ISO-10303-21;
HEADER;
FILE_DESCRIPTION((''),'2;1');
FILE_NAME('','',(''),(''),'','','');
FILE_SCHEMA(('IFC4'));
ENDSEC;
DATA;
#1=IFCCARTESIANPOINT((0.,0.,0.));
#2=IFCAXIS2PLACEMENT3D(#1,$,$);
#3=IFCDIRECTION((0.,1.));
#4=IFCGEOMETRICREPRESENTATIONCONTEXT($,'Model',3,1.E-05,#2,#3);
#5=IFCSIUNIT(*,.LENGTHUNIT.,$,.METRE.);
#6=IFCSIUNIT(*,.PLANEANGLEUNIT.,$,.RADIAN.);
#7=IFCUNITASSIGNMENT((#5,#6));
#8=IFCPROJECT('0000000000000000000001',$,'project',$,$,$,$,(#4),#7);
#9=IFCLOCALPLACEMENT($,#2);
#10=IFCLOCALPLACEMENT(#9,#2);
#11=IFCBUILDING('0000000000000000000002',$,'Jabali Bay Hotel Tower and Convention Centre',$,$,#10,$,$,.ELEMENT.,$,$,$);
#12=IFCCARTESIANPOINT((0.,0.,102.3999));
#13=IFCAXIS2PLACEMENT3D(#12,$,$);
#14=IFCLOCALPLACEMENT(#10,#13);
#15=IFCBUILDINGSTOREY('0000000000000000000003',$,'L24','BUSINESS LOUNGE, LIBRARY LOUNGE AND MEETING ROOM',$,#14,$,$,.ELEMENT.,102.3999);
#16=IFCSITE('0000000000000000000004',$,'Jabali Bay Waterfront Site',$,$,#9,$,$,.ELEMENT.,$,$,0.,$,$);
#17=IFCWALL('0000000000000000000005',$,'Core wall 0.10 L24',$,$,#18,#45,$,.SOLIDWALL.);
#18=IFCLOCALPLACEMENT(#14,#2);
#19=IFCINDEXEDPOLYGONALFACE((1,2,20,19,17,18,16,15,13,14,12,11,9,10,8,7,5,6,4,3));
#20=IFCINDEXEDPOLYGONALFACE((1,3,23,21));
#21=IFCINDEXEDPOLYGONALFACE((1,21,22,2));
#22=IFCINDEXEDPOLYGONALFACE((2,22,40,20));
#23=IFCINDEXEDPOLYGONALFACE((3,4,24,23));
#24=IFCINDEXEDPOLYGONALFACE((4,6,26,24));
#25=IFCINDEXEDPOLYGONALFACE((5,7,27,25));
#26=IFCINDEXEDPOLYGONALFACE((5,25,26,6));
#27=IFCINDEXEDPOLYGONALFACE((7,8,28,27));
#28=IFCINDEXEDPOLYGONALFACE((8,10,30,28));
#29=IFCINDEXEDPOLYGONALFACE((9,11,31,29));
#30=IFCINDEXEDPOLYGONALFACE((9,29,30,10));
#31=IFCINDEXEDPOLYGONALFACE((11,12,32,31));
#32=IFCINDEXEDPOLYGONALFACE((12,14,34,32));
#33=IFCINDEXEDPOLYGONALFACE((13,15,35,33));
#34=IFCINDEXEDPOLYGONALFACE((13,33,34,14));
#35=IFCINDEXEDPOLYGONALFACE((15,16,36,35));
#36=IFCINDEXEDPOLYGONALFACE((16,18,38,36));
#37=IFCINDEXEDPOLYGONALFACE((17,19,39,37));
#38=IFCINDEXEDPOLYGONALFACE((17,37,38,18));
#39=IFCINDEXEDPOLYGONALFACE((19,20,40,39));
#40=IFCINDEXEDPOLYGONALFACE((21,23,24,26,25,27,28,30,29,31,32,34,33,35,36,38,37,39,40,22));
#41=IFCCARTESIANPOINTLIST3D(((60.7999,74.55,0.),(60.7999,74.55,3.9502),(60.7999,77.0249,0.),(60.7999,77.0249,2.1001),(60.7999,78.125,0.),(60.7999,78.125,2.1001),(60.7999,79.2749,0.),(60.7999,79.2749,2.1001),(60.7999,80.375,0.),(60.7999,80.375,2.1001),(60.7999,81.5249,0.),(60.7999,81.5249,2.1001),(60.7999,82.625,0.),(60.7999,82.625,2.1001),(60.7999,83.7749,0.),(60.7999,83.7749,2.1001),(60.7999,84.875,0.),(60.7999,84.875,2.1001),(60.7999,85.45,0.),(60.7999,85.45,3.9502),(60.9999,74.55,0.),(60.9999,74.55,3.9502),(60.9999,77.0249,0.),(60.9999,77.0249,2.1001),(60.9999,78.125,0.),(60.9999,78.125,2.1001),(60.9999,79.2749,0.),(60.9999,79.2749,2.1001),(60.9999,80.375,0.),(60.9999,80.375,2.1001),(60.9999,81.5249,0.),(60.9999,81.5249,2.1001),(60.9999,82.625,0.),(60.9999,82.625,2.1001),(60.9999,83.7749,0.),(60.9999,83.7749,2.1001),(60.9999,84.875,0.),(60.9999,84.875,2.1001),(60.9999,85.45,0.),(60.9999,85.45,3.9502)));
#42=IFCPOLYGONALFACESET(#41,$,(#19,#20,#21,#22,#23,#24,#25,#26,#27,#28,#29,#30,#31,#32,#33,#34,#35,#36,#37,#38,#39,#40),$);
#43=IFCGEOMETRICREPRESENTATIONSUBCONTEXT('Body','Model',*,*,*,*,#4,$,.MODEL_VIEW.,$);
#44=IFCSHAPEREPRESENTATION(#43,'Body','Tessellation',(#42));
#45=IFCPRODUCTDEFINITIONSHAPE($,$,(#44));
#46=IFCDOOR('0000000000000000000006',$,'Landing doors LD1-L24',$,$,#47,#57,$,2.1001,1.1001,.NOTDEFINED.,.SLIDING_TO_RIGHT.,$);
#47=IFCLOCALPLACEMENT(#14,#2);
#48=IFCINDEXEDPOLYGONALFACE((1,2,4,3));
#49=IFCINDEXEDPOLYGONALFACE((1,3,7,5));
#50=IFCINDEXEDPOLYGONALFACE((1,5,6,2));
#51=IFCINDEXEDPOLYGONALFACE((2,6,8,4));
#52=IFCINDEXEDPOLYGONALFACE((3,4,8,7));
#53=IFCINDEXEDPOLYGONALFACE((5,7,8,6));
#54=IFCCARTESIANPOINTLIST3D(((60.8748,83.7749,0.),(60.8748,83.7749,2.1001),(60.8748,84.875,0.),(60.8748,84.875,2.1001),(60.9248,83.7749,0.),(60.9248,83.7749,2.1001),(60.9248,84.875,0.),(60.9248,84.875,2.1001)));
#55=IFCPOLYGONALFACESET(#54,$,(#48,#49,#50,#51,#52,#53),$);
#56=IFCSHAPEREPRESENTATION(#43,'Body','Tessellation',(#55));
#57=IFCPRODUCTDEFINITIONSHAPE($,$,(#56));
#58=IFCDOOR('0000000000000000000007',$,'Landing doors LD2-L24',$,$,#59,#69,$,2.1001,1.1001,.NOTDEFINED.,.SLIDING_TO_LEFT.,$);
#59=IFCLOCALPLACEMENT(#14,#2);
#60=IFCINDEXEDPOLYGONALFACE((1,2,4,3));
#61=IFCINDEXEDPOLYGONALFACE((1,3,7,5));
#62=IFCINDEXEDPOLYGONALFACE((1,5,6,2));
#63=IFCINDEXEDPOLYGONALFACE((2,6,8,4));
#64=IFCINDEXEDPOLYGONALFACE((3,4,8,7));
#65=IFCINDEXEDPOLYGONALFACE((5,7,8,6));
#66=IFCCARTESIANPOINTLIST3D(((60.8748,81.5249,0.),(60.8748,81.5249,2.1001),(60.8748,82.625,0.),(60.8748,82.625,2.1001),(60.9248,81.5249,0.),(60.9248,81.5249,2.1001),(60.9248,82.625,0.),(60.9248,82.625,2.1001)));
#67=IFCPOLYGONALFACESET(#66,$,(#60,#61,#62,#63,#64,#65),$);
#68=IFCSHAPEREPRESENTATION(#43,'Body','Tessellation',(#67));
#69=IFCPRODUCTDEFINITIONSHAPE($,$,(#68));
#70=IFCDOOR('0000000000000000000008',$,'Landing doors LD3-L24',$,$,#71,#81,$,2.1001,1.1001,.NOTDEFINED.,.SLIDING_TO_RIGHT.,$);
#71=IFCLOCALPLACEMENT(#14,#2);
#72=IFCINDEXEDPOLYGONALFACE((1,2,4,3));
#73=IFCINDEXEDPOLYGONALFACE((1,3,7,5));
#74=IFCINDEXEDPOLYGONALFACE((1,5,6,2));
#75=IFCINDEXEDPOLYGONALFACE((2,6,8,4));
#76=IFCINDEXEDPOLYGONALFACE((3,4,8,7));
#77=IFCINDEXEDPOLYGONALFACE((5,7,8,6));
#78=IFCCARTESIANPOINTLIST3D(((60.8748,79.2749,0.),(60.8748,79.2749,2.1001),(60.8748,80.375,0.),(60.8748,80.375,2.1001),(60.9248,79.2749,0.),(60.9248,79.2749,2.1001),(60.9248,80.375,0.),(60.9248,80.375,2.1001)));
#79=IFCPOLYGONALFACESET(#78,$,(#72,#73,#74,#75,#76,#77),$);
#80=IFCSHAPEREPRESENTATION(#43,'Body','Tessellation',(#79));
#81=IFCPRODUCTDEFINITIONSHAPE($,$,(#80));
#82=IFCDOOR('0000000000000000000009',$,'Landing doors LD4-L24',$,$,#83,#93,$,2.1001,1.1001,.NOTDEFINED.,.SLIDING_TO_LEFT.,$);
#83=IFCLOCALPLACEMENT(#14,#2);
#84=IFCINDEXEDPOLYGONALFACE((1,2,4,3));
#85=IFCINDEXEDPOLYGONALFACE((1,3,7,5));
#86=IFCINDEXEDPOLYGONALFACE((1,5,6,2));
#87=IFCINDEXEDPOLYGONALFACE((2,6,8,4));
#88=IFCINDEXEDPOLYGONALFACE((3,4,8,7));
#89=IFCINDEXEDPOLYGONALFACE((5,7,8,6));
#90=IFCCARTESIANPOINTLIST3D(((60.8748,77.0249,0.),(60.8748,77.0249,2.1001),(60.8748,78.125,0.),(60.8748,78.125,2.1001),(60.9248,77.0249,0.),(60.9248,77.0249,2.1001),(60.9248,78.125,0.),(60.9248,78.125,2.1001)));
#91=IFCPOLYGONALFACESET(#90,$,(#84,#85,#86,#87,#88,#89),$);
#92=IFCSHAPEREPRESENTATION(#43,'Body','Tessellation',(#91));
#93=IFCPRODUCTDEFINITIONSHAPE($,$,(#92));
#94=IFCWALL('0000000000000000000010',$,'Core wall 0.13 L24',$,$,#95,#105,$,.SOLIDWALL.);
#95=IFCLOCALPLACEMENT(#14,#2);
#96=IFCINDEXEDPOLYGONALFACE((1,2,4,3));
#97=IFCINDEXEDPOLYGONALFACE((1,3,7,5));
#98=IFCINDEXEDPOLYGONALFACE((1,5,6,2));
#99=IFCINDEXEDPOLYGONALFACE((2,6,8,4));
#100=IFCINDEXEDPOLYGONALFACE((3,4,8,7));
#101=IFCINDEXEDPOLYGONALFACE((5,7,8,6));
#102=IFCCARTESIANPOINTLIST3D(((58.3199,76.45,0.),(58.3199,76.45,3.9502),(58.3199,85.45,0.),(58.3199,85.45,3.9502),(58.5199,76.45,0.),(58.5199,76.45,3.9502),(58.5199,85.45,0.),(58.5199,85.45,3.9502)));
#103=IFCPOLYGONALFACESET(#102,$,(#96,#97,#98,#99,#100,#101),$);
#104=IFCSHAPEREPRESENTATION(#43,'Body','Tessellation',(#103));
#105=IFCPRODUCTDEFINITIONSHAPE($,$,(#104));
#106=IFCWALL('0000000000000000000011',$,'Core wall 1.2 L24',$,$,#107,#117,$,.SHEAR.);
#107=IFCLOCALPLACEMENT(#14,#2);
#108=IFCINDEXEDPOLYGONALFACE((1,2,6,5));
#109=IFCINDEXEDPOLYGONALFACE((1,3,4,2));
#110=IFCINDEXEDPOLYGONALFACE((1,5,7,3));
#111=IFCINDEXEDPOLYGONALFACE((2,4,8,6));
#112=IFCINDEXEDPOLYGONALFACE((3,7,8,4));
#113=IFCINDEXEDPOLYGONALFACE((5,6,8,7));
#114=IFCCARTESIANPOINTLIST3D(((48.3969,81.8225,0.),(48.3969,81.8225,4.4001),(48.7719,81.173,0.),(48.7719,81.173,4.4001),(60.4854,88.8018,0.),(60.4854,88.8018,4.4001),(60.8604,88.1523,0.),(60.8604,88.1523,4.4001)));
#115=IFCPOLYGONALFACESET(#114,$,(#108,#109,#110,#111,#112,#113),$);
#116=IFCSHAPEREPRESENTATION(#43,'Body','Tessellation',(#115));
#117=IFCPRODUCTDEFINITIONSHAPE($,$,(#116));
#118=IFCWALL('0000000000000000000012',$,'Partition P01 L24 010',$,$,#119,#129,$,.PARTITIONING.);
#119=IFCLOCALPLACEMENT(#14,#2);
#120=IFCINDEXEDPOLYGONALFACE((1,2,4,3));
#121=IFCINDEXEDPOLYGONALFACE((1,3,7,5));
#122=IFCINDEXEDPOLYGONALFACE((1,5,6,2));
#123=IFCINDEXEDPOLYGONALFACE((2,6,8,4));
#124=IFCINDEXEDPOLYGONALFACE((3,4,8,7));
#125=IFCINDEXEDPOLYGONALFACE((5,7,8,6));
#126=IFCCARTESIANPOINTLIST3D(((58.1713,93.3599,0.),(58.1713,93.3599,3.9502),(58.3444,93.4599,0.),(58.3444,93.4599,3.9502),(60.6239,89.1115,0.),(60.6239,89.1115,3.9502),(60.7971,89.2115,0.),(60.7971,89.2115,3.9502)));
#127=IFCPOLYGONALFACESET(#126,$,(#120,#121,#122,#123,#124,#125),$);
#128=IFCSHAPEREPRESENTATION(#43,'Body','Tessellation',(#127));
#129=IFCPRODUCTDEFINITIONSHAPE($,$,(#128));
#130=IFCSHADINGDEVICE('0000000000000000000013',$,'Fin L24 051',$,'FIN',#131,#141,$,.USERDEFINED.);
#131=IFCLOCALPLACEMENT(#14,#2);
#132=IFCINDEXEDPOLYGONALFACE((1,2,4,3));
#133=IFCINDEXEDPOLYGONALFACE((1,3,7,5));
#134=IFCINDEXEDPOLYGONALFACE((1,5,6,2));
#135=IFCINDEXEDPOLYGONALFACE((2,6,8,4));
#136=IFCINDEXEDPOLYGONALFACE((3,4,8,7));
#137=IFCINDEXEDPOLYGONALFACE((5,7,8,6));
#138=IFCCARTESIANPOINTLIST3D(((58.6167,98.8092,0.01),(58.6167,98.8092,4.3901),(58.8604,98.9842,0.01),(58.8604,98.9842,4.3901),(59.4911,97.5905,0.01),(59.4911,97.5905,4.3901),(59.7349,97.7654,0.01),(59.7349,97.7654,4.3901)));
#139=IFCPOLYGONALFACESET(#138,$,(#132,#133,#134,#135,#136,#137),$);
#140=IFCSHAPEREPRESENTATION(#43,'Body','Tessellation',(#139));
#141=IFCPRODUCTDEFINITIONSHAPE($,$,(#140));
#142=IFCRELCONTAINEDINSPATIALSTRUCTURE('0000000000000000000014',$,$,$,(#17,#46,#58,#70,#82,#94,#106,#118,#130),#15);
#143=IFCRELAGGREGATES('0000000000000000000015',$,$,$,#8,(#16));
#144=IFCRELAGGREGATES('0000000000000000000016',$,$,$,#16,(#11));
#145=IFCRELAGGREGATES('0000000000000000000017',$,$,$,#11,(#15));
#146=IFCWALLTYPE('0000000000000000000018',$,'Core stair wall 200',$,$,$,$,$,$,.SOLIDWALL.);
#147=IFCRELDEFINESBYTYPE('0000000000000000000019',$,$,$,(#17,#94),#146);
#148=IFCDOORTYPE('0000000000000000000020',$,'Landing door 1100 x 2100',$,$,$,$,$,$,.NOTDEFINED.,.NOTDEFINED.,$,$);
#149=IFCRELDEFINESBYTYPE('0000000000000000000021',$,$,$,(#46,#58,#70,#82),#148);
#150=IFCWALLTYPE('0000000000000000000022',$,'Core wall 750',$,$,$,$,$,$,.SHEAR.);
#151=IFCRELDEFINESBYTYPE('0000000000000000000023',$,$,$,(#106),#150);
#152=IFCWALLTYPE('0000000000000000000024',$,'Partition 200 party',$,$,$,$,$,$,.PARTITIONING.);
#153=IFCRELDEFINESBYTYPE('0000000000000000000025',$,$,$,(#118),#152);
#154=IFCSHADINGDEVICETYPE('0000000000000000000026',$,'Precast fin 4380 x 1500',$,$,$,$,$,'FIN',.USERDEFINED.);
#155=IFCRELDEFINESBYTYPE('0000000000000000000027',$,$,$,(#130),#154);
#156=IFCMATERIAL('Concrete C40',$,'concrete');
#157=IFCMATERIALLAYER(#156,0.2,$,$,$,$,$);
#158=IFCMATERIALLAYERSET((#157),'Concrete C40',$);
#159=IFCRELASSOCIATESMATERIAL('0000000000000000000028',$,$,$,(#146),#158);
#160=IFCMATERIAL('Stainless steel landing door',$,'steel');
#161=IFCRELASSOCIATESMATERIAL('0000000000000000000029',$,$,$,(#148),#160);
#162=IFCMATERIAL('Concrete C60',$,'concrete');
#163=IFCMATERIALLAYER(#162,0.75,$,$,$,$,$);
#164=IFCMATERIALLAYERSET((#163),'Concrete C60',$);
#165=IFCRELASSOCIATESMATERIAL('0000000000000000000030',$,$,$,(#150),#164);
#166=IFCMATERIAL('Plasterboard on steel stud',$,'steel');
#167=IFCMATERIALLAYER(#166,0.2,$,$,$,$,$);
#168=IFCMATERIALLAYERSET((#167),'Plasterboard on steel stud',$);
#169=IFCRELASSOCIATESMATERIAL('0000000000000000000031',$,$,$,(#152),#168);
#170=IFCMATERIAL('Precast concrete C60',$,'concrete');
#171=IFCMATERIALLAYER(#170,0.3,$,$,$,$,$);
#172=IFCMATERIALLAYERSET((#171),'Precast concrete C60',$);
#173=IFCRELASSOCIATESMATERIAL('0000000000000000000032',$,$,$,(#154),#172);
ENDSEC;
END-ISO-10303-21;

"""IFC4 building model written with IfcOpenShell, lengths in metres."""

from ifc_helpers import new_model, si_unit, direction, frame, frame_2d, origin, place, context, subcontext, project, spatial, rectangle, extrude, material, layer, layer_set, type_object, element, fill, save


model = new_model("IFC4")

# Units and contexts
model_context = context("Model", 3, precision=1e-05, world=origin(), true_north=direction((0.0, 1.0)))
body_context = subcontext(model_context, "Body", "Model", "MODEL_VIEW")
ifc_project = project(units=[si_unit("LENGTHUNIT", "METRE"), si_unit("PLANEANGLEUNIT", "RADIAN")], contexts=[model_context])

# Site, building, storey
site_placement = place(None, origin())
site = spatial("IfcSite", under=ifc_project, at=site_placement, Name="Jabali Bay Waterfront Site", CompositionType="ELEMENT", RefElevation=0.0)
building_placement = place(site_placement, origin())
building = spatial("IfcBuilding", under=site, at=building_placement, Name="Jabali Bay Hotel Tower and Convention Centre", CompositionType="ELEMENT")
storey_placement = place(building_placement, frame((0.0, 0.0, 102.3999)))
storey = spatial("IfcBuildingStorey", under=building, at=storey_placement, Name="L24", Description="BUSINESS LOUNGE, LIBRARY LOUNGE AND MEETING ROOM", CompositionType="ELEMENT", Elevation=102.3999)

# Shared definitions
ifc_material_1 = material(Name="Concrete C40", Category="concrete")

# Shared definitions
ifc_layer_1 = layer(ifc_material_1, 0.2)
ifc_layer_set_1 = layer_set([ifc_layer_1], Name="Concrete C40")
wall_type_1 = type_object("IfcWallType", Name="Core stair wall 200", PredefinedType="SOLIDWALL", material=ifc_layer_set_1)

# Wall, openings, doors
wall_1_placement = place(storey_placement, frame((60.8999, 85.45, 0.0), z_axis=(0.0, 0.0, 1.0), x_axis=(0.0, -1.0, 0.0)))
wall_1 = element("IfcWall", 1, at=wall_1_placement, inside=storey, type_object=wall_type_1, Name="Core wall 0.10 L24", PredefinedType="SOLIDWALL", context=body_context, shape_type="SweptSolid", body=[
    extrude(rectangle(XDim=10.8999, YDim=0.2, at=frame_2d((5.45, 0.0))), origin(), (0.0, 0.0, 1.0), 3.9502),
])
opening_1_placement = place(wall_1_placement, frame((0.575, 0.0, 0.0)))
opening_1 = element("IfcOpeningElement", 2, at=opening_1_placement, cuts=wall_1, PredefinedType="OPENING", context=body_context, shape_type="SweptSolid", body=[
    extrude(rectangle(XDim=1.1001, YDim=2.1001, at=frame_2d((0.55, 1.05))), frame((0.0, 0.1104, 0.0), z_axis=(0.0, -1.0, 0.0), x_axis=(1.0, 0.0, 0.0)), (0.0, 0.0, 1.0), 0.2209),
])
opening_2_placement = place(wall_1_placement, frame((2.825, 0.0, 0.0)))
opening_2 = element("IfcOpeningElement", 3, at=opening_2_placement, cuts=wall_1, PredefinedType="OPENING", context=body_context, shape_type="SweptSolid", body=[
    extrude(rectangle(XDim=1.1001, YDim=2.1001, at=frame_2d((0.55, 1.05))), frame((0.0, 0.1104, 0.0), z_axis=(0.0, -1.0, 0.0), x_axis=(1.0, 0.0, 0.0)), (0.0, 0.0, 1.0), 0.2209),
])
opening_3_placement = place(wall_1_placement, frame((5.075, 0.0, 0.0)))
opening_3 = element("IfcOpeningElement", 4, at=opening_3_placement, cuts=wall_1, PredefinedType="OPENING", context=body_context, shape_type="SweptSolid", body=[
    extrude(rectangle(XDim=1.1001, YDim=2.1001, at=frame_2d((0.55, 1.05))), frame((0.0, 0.1104, 0.0), z_axis=(0.0, -1.0, 0.0), x_axis=(1.0, 0.0, 0.0)), (0.0, 0.0, 1.0), 0.2209),
])
opening_4_placement = place(wall_1_placement, frame((7.325, 0.0, 0.0)))
opening_4 = element("IfcOpeningElement", 5, at=opening_4_placement, cuts=wall_1, PredefinedType="OPENING", context=body_context, shape_type="SweptSolid", body=[
    extrude(rectangle(XDim=1.1001, YDim=2.1001, at=frame_2d((0.55, 1.05))), frame((0.0, 0.1104, 0.0), z_axis=(0.0, -1.0, 0.0), x_axis=(1.0, 0.0, 0.0)), (0.0, 0.0, 1.0), 0.2209),
])
ifc_material_2 = material(Name="Stainless steel landing door", Category="steel")
door_type_1 = type_object("IfcDoorType", Name="Landing door 1100 x 2100", OperationType="NOTDEFINED", PredefinedType="NOTDEFINED", material=ifc_material_2)
door_1_placement = place(opening_1_placement, origin())
door_1 = element("IfcDoor", 6, at=door_1_placement, inside=storey, type_object=door_type_1, Name="Landing doors LD1-L24", OperationType="SLIDING_TO_RIGHT", OverallHeight=2.1001, OverallWidth=1.1001, PredefinedType="NOTDEFINED", context=body_context, shape_type="SweptSolid", body=[
    extrude(rectangle(XDim=1.1001, YDim=2.1001, at=frame_2d((0.55, 1.05))), frame((0.0, 0.0249, 0.0), z_axis=(0.0, -1.0, 0.0), x_axis=(1.0, 0.0, 0.0)), (0.0, 0.0, 1.0), 0.05),
])
fill(opening_1, door_1)
door_2_placement = place(opening_2_placement, origin())
door_2 = element("IfcDoor", 7, at=door_2_placement, inside=storey, type_object=door_type_1, Name="Landing doors LD2-L24", OperationType="SLIDING_TO_LEFT", OverallHeight=2.1001, OverallWidth=1.1001, PredefinedType="NOTDEFINED", context=body_context, shape_type="SweptSolid", body=[
    extrude(rectangle(XDim=1.1001, YDim=2.1001, at=frame_2d((0.55, 1.05))), frame((0.0, 0.0249, 0.0), z_axis=(0.0, -1.0, 0.0), x_axis=(1.0, 0.0, 0.0)), (0.0, 0.0, 1.0), 0.05),
])
fill(opening_2, door_2)
door_3_placement = place(opening_3_placement, origin())
door_3 = element("IfcDoor", 8, at=door_3_placement, inside=storey, type_object=door_type_1, Name="Landing doors LD3-L24", OperationType="SLIDING_TO_RIGHT", OverallHeight=2.1001, OverallWidth=1.1001, PredefinedType="NOTDEFINED", context=body_context, shape_type="SweptSolid", body=[
    extrude(rectangle(XDim=1.1001, YDim=2.1001, at=frame_2d((0.55, 1.05))), frame((0.0, 0.0249, 0.0), z_axis=(0.0, -1.0, 0.0), x_axis=(1.0, 0.0, 0.0)), (0.0, 0.0, 1.0), 0.05),
])
fill(opening_3, door_3)
door_4_placement = place(opening_4_placement, origin())
door_4 = element("IfcDoor", 9, at=door_4_placement, inside=storey, type_object=door_type_1, Name="Landing doors LD4-L24", OperationType="SLIDING_TO_LEFT", OverallHeight=2.1001, OverallWidth=1.1001, PredefinedType="NOTDEFINED", context=body_context, shape_type="SweptSolid", body=[
    extrude(rectangle(XDim=1.1001, YDim=2.1001, at=frame_2d((0.55, 1.05))), frame((0.0, 0.0249, 0.0), z_axis=(0.0, -1.0, 0.0), x_axis=(1.0, 0.0, 0.0)), (0.0, 0.0, 1.0), 0.05),
])
fill(opening_4, door_4)

# Walls
wall_2_placement = place(storey_placement, frame((58.4199, 85.45, 0.0), z_axis=(0.0, 0.0, 1.0), x_axis=(0.0, -1.0, 0.0)))
element("IfcWall", 10, at=wall_2_placement, inside=storey, type_object=wall_type_1, Name="Core wall 0.13 L24", PredefinedType="SOLIDWALL", context=body_context, shape_type="SweptSolid", body=[
    extrude(rectangle(XDim=9.0, YDim=0.2, at=frame_2d((4.5, 0.0))), origin(), (0.0, 0.0, 1.0), 3.9502),
])
ifc_material_3 = material(Name="Concrete C60", Category="concrete")
ifc_layer_2 = layer(ifc_material_3, 0.75)
ifc_layer_set_2 = layer_set([ifc_layer_2], Name="Concrete C60")
wall_type_2 = type_object("IfcWallType", Name="Core wall 750", PredefinedType="SHEAR", material=ifc_layer_set_2)
wall_3_placement = place(storey_placement, frame((60.6729, 88.4771, 0.0), z_axis=(0.0, 0.0, 1.0), x_axis=(-0.866025, -0.500001, 0.0)))
element("IfcWall", 11, at=wall_3_placement, inside=storey, type_object=wall_type_2, Name="Core wall 1.2 L24", PredefinedType="SHEAR", context=body_context, shape_type="SweptSolid", body=[
    extrude(rectangle(XDim=13.9585, YDim=0.75, at=frame_2d((6.9792, 0.0))), origin(), (0.0, 0.0, 1.0), 4.4001),
])
ifc_material_4 = material(Name="Plasterboard on steel stud", Category="steel")
ifc_layer_3 = layer(ifc_material_4, 0.2)
ifc_layer_set_3 = layer_set([ifc_layer_3], Name="Plasterboard on steel stud")
wall_type_3 = type_object("IfcWallType", Name="Partition 200 party", PredefinedType="PARTITIONING", material=ifc_layer_set_3)
wall_4_placement = place(storey_placement, frame((60.7104, 89.1616, 0.0), z_axis=(0.0, 0.0, 1.0), x_axis=(-0.499982, 0.866036, 0.0)))
element("IfcWall", 12, at=wall_4_placement, inside=storey, type_object=wall_type_3, Name="Partition P01 L24 010", PredefinedType="PARTITIONING", context=body_context, shape_type="SweptSolid", body=[
    extrude(rectangle(XDim=4.9055, YDim=0.2, at=frame_2d((2.4526, 0.0))), origin(), (0.0, 0.0, 1.0), 3.9502),
])

# Shading device
ifc_material_5 = material(Name="Precast concrete C60", Category="concrete")
ifc_layer_4 = layer(ifc_material_5, 0.3)
ifc_layer_set_4 = layer_set([ifc_layer_4], Name="Precast concrete C60")
shading_device_type = type_object("IfcShadingDeviceType", Name="Precast fin 4380 x 1500", ElementType="FIN", PredefinedType="USERDEFINED", material=ifc_layer_set_4)
shading_device_placement = place(storey_placement, frame((59.613, 97.678, 0.01), z_axis=(0.0, 0.0, 1.0), x_axis=(-0.582992, 0.812478, 0.0)))
element("IfcShadingDevice", 13, at=shading_device_placement, inside=storey, type_object=shading_device_type, Name="Fin L24 051", ObjectType="FIN", PredefinedType="USERDEFINED", context=body_context, shape_type="SweptSolid", body=[
    extrude(rectangle(XDim=1.5, YDim=0.3, at=frame_2d((0.75, 0.0))), origin(), (0.0, 0.0, 1.0), 4.3801),
])

save(model, "model.ifc")
